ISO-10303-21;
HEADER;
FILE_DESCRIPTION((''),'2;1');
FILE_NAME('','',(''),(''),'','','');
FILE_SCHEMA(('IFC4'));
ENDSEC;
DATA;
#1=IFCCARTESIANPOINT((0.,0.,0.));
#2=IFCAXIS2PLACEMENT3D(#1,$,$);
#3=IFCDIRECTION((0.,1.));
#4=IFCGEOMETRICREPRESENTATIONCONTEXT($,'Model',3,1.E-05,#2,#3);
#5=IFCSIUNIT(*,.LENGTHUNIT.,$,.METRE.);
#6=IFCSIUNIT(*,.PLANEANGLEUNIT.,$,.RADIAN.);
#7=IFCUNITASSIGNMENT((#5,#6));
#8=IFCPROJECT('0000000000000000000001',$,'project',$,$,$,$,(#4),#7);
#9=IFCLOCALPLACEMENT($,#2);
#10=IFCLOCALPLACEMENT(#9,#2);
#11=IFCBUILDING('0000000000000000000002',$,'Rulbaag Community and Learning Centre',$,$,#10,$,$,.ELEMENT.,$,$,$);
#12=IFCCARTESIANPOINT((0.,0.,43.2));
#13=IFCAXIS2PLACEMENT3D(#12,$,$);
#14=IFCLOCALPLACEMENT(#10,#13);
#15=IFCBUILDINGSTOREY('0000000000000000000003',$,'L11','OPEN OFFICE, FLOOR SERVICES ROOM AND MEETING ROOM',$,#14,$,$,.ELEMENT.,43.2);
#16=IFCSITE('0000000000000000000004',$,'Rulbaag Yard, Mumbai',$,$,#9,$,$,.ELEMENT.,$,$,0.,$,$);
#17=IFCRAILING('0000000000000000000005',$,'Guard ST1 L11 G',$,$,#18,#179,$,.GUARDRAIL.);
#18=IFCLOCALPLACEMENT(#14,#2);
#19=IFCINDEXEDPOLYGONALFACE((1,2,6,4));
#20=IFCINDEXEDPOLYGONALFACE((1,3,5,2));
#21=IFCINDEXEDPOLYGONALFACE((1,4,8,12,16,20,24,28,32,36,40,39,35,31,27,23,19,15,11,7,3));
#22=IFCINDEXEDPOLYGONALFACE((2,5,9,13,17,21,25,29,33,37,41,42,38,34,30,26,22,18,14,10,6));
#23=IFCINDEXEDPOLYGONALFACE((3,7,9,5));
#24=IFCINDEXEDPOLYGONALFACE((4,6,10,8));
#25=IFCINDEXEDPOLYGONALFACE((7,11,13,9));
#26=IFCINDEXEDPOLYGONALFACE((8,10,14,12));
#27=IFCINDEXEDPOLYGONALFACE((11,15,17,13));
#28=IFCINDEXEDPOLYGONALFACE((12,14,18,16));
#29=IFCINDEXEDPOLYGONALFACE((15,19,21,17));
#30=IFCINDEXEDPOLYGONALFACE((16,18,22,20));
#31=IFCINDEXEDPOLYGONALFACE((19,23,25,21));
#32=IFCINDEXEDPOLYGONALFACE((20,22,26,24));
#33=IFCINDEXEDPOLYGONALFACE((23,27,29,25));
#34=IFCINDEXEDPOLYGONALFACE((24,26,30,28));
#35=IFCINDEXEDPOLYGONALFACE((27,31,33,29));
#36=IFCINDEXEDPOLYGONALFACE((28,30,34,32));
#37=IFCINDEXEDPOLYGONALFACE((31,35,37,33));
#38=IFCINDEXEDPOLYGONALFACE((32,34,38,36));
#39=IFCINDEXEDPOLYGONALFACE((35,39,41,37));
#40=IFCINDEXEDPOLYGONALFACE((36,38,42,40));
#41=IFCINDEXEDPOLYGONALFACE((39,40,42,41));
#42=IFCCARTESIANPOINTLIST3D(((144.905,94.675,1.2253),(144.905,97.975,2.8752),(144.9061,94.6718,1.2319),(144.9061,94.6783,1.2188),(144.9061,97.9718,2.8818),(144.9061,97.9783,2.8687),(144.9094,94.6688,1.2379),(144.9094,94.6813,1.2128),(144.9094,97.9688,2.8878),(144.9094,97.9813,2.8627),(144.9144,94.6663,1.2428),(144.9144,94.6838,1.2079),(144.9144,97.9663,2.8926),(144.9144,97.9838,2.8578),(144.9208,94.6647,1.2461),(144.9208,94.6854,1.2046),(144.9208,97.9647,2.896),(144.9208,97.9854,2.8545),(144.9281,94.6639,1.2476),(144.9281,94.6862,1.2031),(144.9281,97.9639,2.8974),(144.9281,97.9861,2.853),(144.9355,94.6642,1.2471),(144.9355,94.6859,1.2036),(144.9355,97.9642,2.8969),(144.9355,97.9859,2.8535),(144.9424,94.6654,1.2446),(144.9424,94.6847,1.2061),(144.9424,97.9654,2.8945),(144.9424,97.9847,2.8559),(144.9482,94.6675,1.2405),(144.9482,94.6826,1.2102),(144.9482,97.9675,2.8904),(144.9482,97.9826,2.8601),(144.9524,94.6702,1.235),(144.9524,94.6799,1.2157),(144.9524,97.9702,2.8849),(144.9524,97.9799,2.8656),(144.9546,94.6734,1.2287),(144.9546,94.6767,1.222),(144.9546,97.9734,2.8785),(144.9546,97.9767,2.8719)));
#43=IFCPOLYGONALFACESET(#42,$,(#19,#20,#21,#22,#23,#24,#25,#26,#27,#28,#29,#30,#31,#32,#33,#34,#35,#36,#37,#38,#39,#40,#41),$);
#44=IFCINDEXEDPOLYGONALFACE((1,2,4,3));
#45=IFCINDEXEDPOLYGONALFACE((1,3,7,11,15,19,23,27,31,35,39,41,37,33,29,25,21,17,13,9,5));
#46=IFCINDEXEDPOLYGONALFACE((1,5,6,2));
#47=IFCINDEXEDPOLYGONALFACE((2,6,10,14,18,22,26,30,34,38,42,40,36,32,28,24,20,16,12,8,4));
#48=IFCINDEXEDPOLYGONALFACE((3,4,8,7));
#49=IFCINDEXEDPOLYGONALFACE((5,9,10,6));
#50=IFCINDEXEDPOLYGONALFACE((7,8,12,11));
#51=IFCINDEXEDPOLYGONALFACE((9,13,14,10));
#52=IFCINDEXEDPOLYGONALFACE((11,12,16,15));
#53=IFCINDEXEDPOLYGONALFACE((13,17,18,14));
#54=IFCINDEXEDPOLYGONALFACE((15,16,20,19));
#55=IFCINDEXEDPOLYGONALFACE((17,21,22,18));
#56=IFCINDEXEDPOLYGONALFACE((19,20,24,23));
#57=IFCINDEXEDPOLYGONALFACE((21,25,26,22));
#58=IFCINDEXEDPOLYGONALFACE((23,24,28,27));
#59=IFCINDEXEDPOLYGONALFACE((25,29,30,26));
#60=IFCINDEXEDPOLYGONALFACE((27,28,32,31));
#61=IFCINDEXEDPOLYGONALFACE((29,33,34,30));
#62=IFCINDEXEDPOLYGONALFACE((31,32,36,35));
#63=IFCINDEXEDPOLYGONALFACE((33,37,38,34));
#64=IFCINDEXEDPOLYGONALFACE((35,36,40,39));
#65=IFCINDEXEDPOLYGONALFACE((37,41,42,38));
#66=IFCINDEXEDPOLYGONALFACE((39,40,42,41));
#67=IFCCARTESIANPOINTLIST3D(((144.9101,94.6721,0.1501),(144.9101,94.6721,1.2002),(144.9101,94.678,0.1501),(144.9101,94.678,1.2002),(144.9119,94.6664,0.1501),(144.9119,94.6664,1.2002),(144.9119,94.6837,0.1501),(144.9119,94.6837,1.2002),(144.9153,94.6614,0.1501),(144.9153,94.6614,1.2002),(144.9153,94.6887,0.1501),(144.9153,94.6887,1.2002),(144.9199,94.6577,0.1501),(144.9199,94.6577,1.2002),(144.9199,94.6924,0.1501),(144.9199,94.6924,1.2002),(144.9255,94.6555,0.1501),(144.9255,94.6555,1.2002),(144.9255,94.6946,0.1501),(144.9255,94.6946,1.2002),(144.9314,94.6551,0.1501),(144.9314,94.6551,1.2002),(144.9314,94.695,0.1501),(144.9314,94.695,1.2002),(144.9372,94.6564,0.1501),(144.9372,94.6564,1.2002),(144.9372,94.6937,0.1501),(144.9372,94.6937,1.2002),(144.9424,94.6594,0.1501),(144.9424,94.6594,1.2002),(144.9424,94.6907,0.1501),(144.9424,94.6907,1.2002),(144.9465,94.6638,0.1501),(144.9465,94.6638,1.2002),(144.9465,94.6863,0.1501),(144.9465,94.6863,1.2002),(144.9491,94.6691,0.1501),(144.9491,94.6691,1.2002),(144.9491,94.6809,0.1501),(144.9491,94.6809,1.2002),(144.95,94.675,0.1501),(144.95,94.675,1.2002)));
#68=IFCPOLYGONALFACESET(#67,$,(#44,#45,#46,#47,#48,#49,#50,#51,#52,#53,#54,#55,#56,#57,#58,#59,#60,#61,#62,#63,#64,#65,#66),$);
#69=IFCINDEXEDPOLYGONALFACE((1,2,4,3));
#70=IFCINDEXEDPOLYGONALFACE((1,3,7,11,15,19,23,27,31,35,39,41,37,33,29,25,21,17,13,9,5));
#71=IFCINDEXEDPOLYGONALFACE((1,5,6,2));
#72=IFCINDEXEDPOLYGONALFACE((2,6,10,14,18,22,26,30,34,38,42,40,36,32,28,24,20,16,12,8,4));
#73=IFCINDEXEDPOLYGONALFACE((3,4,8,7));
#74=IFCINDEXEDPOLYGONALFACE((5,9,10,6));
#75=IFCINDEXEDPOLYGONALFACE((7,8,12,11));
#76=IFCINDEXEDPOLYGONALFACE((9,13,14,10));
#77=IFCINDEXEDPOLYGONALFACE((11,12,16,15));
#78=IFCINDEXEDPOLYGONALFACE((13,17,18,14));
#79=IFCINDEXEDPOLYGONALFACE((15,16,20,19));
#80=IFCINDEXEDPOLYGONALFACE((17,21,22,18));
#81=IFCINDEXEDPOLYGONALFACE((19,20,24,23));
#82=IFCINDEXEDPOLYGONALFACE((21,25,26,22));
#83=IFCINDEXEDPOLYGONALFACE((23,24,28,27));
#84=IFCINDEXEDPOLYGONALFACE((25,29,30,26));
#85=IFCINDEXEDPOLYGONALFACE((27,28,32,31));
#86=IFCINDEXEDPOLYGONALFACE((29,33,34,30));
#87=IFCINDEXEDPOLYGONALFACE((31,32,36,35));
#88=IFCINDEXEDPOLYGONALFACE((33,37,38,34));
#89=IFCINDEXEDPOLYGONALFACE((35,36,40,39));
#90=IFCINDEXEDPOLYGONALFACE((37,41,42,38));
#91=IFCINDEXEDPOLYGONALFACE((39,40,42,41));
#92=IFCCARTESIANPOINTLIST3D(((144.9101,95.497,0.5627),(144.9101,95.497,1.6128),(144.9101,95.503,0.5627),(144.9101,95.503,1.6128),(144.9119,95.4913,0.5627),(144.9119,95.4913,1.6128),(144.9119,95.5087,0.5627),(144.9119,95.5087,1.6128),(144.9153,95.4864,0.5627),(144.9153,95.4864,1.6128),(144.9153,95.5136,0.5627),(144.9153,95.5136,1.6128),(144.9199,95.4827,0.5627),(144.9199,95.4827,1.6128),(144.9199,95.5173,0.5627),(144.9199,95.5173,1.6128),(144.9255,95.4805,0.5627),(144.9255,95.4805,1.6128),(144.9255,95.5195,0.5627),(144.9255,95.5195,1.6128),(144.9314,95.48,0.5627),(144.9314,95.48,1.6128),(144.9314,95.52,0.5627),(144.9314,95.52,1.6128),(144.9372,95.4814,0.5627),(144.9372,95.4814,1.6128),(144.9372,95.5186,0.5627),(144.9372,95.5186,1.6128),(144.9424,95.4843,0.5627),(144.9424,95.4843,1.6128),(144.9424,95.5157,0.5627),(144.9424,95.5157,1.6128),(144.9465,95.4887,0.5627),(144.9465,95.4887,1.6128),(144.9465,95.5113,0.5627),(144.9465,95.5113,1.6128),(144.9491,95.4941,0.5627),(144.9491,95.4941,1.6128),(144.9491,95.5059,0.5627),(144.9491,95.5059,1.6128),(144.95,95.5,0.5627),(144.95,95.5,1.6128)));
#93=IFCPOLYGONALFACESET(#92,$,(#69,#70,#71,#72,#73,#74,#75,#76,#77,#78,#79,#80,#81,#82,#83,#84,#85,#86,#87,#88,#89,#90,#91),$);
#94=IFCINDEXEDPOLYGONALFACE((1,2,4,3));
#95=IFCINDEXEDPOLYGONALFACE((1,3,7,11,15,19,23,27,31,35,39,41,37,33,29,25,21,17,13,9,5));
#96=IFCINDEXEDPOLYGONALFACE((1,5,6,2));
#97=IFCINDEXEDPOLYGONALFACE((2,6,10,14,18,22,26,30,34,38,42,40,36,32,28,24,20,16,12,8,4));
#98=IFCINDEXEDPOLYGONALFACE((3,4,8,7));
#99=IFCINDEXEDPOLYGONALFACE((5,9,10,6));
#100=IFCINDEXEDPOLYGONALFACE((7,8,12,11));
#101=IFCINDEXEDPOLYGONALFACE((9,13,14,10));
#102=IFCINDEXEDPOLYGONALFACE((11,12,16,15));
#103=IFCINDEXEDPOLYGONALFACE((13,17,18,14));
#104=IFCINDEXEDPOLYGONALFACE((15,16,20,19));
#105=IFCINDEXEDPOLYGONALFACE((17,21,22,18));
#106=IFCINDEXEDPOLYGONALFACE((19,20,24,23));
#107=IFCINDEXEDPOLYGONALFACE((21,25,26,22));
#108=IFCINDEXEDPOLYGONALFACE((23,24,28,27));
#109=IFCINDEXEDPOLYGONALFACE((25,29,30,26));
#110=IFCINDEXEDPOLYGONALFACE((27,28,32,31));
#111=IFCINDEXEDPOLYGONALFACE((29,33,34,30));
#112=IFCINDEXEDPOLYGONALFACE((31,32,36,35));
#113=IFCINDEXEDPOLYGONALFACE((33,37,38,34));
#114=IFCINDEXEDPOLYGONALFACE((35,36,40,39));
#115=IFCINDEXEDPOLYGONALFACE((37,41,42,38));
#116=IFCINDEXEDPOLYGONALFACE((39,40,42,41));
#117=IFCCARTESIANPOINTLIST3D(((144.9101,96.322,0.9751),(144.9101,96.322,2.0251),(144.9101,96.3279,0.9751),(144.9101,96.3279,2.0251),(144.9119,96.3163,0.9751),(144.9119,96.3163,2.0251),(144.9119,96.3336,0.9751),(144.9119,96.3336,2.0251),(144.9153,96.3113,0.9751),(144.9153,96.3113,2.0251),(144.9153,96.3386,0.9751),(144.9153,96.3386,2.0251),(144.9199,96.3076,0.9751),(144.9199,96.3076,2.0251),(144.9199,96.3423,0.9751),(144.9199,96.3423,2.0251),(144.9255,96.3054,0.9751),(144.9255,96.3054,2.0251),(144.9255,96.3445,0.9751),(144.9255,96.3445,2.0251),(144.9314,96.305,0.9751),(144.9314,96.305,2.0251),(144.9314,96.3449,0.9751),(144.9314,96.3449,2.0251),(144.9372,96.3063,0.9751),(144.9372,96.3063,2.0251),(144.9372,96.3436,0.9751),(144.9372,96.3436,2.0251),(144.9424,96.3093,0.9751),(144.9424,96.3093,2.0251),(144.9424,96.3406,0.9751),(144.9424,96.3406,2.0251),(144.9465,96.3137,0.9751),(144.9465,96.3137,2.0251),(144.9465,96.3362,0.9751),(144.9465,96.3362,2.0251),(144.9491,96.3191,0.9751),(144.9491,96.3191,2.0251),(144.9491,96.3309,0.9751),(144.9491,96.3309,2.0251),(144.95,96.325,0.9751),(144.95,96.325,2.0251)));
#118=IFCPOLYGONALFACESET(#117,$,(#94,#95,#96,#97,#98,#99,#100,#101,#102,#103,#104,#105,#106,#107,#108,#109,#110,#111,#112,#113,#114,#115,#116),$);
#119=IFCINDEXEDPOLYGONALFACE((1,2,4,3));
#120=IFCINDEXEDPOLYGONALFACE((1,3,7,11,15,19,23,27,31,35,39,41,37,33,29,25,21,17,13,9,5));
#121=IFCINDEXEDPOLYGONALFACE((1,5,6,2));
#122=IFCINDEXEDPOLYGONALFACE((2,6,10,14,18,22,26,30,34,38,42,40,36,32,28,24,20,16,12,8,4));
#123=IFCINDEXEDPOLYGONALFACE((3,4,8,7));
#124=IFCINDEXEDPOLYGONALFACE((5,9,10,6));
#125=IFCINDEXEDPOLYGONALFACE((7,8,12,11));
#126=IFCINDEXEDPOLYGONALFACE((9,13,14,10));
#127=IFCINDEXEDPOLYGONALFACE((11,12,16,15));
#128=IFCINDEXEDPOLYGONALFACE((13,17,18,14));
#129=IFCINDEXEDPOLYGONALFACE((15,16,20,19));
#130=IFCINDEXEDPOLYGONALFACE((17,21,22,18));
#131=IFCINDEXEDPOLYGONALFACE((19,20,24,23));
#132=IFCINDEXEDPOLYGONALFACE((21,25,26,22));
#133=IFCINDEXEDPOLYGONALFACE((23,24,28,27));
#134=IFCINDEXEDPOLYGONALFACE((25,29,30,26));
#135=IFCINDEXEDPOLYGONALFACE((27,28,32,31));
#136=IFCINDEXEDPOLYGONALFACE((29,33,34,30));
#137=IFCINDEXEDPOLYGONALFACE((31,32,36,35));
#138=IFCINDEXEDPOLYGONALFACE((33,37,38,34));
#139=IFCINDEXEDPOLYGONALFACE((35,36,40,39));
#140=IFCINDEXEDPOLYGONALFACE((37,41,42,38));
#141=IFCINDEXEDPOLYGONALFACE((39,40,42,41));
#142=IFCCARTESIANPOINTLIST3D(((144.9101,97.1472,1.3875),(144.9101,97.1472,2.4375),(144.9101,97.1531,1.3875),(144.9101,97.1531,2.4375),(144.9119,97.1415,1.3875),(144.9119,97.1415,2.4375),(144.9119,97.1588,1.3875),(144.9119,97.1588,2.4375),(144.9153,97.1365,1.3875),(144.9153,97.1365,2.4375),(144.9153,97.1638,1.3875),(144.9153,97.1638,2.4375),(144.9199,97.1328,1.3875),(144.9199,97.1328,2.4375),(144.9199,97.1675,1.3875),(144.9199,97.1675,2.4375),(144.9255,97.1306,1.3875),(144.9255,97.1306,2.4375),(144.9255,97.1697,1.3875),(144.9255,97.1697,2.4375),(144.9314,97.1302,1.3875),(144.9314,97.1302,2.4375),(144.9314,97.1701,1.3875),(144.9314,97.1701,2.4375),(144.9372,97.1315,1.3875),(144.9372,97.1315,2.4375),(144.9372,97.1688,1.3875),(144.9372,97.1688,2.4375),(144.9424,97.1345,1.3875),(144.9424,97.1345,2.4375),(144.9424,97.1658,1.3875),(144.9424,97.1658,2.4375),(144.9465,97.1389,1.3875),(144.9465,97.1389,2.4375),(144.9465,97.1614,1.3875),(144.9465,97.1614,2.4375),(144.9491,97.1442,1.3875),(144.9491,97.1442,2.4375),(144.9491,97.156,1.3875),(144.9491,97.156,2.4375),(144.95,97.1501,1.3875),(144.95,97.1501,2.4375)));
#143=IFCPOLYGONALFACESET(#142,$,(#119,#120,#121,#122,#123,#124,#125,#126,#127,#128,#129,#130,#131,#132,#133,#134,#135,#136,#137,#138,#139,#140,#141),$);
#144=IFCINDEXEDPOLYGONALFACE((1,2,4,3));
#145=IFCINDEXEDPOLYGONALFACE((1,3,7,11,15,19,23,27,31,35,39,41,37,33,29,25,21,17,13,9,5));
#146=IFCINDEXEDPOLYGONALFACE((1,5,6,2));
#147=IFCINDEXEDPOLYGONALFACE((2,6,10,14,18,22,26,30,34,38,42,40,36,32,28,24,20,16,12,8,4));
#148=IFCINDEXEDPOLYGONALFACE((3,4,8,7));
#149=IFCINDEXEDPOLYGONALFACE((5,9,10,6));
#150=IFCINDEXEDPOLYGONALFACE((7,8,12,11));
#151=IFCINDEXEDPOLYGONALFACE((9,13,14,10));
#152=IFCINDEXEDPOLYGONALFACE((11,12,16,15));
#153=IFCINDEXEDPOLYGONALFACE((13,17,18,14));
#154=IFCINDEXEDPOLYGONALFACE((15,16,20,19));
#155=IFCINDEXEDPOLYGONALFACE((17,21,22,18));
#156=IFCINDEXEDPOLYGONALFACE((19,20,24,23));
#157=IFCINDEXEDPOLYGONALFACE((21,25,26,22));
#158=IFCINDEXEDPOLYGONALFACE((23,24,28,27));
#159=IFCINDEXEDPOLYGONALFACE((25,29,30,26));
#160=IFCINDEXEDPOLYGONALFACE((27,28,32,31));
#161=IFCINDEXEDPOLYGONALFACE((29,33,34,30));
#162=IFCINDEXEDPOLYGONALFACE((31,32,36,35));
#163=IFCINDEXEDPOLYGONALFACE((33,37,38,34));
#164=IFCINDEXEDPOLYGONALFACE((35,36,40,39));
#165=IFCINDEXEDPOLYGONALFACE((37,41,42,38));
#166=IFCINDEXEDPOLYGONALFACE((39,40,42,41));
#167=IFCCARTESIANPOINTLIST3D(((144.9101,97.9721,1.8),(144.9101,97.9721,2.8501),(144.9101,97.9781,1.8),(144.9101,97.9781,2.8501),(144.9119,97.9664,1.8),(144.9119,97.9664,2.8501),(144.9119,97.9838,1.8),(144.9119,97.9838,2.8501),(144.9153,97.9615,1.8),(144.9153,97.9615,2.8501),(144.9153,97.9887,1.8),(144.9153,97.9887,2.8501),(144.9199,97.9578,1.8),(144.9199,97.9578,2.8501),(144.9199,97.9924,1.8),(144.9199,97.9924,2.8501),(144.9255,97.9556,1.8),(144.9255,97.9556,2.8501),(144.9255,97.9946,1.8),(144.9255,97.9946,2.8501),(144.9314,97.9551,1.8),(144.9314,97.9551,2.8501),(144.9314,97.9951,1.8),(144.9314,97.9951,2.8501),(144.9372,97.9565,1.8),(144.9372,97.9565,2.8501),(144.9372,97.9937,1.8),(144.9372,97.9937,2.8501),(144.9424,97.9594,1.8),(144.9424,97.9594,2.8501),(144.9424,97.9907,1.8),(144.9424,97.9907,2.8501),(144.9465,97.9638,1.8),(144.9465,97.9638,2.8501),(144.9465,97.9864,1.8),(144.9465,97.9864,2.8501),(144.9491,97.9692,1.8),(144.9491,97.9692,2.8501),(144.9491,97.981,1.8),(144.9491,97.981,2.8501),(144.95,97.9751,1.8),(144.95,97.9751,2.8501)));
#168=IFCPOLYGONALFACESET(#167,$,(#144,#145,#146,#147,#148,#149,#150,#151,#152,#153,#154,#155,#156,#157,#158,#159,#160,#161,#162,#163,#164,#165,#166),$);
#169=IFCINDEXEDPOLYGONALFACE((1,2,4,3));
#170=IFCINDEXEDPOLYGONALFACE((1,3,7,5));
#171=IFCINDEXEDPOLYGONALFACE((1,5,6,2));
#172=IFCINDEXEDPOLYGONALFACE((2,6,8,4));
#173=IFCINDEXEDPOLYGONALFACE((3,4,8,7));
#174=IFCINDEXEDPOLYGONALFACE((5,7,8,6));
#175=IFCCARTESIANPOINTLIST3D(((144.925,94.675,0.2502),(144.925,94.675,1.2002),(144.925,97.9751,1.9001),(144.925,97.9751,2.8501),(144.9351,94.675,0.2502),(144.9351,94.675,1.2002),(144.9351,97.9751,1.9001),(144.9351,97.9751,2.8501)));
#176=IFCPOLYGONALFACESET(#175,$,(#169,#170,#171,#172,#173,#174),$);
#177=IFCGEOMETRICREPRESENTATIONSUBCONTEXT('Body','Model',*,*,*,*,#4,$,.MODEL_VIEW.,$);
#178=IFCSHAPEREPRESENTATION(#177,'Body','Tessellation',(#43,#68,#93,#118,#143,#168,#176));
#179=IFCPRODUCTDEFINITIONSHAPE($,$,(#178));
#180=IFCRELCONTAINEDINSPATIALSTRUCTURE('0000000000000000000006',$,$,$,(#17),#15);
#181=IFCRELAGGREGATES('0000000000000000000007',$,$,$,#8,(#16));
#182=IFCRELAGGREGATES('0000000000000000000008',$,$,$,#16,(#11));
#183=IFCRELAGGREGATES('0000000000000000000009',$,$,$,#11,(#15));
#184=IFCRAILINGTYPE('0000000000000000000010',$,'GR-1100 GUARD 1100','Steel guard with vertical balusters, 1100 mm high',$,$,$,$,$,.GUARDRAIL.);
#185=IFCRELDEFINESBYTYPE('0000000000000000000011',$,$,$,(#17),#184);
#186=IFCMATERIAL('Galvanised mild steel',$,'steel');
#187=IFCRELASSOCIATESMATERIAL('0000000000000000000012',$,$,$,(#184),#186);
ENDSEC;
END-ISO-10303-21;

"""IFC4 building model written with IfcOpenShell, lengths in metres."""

from ifc_helpers import new_model, si_unit, direction, frame, origin, origin_2d, place, context, subcontext, project, spatial, polyline, circle, outline, extrude, material, type_object, element, save


model = new_model("IFC4")

# Units and contexts
model_context = context("Model", 3, precision=1e-05, world=origin(), true_north=direction((0.0, 1.0)))
body_context = subcontext(model_context, "Body", "Model", "MODEL_VIEW")
ifc_project = project(units=[si_unit("LENGTHUNIT", "METRE"), si_unit("PLANEANGLEUNIT", "RADIAN")], contexts=[model_context])

# Site, building, storey
site_placement = place(None, origin())
site = spatial("IfcSite", under=ifc_project, at=site_placement, Name="Rulbaag Yard, Mumbai", CompositionType="ELEMENT", RefElevation=0.0)
building_placement = place(site_placement, origin())
building = spatial("IfcBuilding", under=site, at=building_placement, Name="Rulbaag Community and Learning Centre", CompositionType="ELEMENT")
storey_placement = place(building_placement, frame((0.0, 0.0, 43.2)))
storey = spatial("IfcBuildingStorey", under=building, at=storey_placement, Name="L11", Description="OPEN OFFICE, FLOOR SERVICES ROOM AND MEETING ROOM", CompositionType="ELEMENT", Elevation=43.2)

# Railing
ifc_material_1 = material(Name="Galvanised mild steel", Category="steel")
railing_type_1 = type_object("IfcRailingType", Name="GR-1100 GUARD 1100", Description="Steel guard with vertical balusters, 1100 mm high", PredefinedType="GUARDRAIL", material=ifc_material_1)
railing_1_placement = place(storey_placement, frame((144.9299, 94.675, 0.1501)))
element("IfcRailing", 1, at=railing_1_placement, inside=storey, type_object=railing_type_1, Name="Guard ST1 L11 G", PredefinedType="GUARDRAIL", context=body_context, shape_type="SweptSolid", body=[
    extrude(circle(Radius=0.0249, at=origin_2d()), frame((0.0, 0.0, 1.0752), z_axis=(0.0, 0.89444, 0.447187), x_axis=(-1.0, 0.0, 0.0)), (0.0, 0.0, 1.0), 3.6895),
    extrude(circle(Radius=0.02, at=origin_2d()), origin(), (0.0, 0.0, 1.0), 1.05),
    extrude(circle(Radius=0.02, at=origin_2d()), frame((0.0, 0.825, 0.4126)), (0.0, 0.0, 1.0), 1.05),
    extrude(circle(Radius=0.02, at=origin_2d()), frame((0.0, 1.6499, 0.825)), (0.0, 0.0, 1.0), 1.05),
    extrude(circle(Radius=0.02, at=origin_2d()), frame((0.0, 2.4751, 1.2373)), (0.0, 0.0, 1.0), 1.05),
    extrude(circle(Radius=0.02, at=origin_2d()), frame((0.0, 3.3, 1.6499)), (0.0, 0.0, 1.0), 1.05),
    extrude(outline(polyline([(0.0, 0.0), (3.3, 1.6499), (3.3, 2.5999), (0.0, 0.95), (0.0, 0.0)])), frame((-0.0049, 0.0, 0.1001), z_axis=(1.0, 0.0, 0.0), x_axis=(0.0, 1.0, 0.0)), (0.0, 0.0, 1.0), 0.01),
])

save(model, "model.ifc")
